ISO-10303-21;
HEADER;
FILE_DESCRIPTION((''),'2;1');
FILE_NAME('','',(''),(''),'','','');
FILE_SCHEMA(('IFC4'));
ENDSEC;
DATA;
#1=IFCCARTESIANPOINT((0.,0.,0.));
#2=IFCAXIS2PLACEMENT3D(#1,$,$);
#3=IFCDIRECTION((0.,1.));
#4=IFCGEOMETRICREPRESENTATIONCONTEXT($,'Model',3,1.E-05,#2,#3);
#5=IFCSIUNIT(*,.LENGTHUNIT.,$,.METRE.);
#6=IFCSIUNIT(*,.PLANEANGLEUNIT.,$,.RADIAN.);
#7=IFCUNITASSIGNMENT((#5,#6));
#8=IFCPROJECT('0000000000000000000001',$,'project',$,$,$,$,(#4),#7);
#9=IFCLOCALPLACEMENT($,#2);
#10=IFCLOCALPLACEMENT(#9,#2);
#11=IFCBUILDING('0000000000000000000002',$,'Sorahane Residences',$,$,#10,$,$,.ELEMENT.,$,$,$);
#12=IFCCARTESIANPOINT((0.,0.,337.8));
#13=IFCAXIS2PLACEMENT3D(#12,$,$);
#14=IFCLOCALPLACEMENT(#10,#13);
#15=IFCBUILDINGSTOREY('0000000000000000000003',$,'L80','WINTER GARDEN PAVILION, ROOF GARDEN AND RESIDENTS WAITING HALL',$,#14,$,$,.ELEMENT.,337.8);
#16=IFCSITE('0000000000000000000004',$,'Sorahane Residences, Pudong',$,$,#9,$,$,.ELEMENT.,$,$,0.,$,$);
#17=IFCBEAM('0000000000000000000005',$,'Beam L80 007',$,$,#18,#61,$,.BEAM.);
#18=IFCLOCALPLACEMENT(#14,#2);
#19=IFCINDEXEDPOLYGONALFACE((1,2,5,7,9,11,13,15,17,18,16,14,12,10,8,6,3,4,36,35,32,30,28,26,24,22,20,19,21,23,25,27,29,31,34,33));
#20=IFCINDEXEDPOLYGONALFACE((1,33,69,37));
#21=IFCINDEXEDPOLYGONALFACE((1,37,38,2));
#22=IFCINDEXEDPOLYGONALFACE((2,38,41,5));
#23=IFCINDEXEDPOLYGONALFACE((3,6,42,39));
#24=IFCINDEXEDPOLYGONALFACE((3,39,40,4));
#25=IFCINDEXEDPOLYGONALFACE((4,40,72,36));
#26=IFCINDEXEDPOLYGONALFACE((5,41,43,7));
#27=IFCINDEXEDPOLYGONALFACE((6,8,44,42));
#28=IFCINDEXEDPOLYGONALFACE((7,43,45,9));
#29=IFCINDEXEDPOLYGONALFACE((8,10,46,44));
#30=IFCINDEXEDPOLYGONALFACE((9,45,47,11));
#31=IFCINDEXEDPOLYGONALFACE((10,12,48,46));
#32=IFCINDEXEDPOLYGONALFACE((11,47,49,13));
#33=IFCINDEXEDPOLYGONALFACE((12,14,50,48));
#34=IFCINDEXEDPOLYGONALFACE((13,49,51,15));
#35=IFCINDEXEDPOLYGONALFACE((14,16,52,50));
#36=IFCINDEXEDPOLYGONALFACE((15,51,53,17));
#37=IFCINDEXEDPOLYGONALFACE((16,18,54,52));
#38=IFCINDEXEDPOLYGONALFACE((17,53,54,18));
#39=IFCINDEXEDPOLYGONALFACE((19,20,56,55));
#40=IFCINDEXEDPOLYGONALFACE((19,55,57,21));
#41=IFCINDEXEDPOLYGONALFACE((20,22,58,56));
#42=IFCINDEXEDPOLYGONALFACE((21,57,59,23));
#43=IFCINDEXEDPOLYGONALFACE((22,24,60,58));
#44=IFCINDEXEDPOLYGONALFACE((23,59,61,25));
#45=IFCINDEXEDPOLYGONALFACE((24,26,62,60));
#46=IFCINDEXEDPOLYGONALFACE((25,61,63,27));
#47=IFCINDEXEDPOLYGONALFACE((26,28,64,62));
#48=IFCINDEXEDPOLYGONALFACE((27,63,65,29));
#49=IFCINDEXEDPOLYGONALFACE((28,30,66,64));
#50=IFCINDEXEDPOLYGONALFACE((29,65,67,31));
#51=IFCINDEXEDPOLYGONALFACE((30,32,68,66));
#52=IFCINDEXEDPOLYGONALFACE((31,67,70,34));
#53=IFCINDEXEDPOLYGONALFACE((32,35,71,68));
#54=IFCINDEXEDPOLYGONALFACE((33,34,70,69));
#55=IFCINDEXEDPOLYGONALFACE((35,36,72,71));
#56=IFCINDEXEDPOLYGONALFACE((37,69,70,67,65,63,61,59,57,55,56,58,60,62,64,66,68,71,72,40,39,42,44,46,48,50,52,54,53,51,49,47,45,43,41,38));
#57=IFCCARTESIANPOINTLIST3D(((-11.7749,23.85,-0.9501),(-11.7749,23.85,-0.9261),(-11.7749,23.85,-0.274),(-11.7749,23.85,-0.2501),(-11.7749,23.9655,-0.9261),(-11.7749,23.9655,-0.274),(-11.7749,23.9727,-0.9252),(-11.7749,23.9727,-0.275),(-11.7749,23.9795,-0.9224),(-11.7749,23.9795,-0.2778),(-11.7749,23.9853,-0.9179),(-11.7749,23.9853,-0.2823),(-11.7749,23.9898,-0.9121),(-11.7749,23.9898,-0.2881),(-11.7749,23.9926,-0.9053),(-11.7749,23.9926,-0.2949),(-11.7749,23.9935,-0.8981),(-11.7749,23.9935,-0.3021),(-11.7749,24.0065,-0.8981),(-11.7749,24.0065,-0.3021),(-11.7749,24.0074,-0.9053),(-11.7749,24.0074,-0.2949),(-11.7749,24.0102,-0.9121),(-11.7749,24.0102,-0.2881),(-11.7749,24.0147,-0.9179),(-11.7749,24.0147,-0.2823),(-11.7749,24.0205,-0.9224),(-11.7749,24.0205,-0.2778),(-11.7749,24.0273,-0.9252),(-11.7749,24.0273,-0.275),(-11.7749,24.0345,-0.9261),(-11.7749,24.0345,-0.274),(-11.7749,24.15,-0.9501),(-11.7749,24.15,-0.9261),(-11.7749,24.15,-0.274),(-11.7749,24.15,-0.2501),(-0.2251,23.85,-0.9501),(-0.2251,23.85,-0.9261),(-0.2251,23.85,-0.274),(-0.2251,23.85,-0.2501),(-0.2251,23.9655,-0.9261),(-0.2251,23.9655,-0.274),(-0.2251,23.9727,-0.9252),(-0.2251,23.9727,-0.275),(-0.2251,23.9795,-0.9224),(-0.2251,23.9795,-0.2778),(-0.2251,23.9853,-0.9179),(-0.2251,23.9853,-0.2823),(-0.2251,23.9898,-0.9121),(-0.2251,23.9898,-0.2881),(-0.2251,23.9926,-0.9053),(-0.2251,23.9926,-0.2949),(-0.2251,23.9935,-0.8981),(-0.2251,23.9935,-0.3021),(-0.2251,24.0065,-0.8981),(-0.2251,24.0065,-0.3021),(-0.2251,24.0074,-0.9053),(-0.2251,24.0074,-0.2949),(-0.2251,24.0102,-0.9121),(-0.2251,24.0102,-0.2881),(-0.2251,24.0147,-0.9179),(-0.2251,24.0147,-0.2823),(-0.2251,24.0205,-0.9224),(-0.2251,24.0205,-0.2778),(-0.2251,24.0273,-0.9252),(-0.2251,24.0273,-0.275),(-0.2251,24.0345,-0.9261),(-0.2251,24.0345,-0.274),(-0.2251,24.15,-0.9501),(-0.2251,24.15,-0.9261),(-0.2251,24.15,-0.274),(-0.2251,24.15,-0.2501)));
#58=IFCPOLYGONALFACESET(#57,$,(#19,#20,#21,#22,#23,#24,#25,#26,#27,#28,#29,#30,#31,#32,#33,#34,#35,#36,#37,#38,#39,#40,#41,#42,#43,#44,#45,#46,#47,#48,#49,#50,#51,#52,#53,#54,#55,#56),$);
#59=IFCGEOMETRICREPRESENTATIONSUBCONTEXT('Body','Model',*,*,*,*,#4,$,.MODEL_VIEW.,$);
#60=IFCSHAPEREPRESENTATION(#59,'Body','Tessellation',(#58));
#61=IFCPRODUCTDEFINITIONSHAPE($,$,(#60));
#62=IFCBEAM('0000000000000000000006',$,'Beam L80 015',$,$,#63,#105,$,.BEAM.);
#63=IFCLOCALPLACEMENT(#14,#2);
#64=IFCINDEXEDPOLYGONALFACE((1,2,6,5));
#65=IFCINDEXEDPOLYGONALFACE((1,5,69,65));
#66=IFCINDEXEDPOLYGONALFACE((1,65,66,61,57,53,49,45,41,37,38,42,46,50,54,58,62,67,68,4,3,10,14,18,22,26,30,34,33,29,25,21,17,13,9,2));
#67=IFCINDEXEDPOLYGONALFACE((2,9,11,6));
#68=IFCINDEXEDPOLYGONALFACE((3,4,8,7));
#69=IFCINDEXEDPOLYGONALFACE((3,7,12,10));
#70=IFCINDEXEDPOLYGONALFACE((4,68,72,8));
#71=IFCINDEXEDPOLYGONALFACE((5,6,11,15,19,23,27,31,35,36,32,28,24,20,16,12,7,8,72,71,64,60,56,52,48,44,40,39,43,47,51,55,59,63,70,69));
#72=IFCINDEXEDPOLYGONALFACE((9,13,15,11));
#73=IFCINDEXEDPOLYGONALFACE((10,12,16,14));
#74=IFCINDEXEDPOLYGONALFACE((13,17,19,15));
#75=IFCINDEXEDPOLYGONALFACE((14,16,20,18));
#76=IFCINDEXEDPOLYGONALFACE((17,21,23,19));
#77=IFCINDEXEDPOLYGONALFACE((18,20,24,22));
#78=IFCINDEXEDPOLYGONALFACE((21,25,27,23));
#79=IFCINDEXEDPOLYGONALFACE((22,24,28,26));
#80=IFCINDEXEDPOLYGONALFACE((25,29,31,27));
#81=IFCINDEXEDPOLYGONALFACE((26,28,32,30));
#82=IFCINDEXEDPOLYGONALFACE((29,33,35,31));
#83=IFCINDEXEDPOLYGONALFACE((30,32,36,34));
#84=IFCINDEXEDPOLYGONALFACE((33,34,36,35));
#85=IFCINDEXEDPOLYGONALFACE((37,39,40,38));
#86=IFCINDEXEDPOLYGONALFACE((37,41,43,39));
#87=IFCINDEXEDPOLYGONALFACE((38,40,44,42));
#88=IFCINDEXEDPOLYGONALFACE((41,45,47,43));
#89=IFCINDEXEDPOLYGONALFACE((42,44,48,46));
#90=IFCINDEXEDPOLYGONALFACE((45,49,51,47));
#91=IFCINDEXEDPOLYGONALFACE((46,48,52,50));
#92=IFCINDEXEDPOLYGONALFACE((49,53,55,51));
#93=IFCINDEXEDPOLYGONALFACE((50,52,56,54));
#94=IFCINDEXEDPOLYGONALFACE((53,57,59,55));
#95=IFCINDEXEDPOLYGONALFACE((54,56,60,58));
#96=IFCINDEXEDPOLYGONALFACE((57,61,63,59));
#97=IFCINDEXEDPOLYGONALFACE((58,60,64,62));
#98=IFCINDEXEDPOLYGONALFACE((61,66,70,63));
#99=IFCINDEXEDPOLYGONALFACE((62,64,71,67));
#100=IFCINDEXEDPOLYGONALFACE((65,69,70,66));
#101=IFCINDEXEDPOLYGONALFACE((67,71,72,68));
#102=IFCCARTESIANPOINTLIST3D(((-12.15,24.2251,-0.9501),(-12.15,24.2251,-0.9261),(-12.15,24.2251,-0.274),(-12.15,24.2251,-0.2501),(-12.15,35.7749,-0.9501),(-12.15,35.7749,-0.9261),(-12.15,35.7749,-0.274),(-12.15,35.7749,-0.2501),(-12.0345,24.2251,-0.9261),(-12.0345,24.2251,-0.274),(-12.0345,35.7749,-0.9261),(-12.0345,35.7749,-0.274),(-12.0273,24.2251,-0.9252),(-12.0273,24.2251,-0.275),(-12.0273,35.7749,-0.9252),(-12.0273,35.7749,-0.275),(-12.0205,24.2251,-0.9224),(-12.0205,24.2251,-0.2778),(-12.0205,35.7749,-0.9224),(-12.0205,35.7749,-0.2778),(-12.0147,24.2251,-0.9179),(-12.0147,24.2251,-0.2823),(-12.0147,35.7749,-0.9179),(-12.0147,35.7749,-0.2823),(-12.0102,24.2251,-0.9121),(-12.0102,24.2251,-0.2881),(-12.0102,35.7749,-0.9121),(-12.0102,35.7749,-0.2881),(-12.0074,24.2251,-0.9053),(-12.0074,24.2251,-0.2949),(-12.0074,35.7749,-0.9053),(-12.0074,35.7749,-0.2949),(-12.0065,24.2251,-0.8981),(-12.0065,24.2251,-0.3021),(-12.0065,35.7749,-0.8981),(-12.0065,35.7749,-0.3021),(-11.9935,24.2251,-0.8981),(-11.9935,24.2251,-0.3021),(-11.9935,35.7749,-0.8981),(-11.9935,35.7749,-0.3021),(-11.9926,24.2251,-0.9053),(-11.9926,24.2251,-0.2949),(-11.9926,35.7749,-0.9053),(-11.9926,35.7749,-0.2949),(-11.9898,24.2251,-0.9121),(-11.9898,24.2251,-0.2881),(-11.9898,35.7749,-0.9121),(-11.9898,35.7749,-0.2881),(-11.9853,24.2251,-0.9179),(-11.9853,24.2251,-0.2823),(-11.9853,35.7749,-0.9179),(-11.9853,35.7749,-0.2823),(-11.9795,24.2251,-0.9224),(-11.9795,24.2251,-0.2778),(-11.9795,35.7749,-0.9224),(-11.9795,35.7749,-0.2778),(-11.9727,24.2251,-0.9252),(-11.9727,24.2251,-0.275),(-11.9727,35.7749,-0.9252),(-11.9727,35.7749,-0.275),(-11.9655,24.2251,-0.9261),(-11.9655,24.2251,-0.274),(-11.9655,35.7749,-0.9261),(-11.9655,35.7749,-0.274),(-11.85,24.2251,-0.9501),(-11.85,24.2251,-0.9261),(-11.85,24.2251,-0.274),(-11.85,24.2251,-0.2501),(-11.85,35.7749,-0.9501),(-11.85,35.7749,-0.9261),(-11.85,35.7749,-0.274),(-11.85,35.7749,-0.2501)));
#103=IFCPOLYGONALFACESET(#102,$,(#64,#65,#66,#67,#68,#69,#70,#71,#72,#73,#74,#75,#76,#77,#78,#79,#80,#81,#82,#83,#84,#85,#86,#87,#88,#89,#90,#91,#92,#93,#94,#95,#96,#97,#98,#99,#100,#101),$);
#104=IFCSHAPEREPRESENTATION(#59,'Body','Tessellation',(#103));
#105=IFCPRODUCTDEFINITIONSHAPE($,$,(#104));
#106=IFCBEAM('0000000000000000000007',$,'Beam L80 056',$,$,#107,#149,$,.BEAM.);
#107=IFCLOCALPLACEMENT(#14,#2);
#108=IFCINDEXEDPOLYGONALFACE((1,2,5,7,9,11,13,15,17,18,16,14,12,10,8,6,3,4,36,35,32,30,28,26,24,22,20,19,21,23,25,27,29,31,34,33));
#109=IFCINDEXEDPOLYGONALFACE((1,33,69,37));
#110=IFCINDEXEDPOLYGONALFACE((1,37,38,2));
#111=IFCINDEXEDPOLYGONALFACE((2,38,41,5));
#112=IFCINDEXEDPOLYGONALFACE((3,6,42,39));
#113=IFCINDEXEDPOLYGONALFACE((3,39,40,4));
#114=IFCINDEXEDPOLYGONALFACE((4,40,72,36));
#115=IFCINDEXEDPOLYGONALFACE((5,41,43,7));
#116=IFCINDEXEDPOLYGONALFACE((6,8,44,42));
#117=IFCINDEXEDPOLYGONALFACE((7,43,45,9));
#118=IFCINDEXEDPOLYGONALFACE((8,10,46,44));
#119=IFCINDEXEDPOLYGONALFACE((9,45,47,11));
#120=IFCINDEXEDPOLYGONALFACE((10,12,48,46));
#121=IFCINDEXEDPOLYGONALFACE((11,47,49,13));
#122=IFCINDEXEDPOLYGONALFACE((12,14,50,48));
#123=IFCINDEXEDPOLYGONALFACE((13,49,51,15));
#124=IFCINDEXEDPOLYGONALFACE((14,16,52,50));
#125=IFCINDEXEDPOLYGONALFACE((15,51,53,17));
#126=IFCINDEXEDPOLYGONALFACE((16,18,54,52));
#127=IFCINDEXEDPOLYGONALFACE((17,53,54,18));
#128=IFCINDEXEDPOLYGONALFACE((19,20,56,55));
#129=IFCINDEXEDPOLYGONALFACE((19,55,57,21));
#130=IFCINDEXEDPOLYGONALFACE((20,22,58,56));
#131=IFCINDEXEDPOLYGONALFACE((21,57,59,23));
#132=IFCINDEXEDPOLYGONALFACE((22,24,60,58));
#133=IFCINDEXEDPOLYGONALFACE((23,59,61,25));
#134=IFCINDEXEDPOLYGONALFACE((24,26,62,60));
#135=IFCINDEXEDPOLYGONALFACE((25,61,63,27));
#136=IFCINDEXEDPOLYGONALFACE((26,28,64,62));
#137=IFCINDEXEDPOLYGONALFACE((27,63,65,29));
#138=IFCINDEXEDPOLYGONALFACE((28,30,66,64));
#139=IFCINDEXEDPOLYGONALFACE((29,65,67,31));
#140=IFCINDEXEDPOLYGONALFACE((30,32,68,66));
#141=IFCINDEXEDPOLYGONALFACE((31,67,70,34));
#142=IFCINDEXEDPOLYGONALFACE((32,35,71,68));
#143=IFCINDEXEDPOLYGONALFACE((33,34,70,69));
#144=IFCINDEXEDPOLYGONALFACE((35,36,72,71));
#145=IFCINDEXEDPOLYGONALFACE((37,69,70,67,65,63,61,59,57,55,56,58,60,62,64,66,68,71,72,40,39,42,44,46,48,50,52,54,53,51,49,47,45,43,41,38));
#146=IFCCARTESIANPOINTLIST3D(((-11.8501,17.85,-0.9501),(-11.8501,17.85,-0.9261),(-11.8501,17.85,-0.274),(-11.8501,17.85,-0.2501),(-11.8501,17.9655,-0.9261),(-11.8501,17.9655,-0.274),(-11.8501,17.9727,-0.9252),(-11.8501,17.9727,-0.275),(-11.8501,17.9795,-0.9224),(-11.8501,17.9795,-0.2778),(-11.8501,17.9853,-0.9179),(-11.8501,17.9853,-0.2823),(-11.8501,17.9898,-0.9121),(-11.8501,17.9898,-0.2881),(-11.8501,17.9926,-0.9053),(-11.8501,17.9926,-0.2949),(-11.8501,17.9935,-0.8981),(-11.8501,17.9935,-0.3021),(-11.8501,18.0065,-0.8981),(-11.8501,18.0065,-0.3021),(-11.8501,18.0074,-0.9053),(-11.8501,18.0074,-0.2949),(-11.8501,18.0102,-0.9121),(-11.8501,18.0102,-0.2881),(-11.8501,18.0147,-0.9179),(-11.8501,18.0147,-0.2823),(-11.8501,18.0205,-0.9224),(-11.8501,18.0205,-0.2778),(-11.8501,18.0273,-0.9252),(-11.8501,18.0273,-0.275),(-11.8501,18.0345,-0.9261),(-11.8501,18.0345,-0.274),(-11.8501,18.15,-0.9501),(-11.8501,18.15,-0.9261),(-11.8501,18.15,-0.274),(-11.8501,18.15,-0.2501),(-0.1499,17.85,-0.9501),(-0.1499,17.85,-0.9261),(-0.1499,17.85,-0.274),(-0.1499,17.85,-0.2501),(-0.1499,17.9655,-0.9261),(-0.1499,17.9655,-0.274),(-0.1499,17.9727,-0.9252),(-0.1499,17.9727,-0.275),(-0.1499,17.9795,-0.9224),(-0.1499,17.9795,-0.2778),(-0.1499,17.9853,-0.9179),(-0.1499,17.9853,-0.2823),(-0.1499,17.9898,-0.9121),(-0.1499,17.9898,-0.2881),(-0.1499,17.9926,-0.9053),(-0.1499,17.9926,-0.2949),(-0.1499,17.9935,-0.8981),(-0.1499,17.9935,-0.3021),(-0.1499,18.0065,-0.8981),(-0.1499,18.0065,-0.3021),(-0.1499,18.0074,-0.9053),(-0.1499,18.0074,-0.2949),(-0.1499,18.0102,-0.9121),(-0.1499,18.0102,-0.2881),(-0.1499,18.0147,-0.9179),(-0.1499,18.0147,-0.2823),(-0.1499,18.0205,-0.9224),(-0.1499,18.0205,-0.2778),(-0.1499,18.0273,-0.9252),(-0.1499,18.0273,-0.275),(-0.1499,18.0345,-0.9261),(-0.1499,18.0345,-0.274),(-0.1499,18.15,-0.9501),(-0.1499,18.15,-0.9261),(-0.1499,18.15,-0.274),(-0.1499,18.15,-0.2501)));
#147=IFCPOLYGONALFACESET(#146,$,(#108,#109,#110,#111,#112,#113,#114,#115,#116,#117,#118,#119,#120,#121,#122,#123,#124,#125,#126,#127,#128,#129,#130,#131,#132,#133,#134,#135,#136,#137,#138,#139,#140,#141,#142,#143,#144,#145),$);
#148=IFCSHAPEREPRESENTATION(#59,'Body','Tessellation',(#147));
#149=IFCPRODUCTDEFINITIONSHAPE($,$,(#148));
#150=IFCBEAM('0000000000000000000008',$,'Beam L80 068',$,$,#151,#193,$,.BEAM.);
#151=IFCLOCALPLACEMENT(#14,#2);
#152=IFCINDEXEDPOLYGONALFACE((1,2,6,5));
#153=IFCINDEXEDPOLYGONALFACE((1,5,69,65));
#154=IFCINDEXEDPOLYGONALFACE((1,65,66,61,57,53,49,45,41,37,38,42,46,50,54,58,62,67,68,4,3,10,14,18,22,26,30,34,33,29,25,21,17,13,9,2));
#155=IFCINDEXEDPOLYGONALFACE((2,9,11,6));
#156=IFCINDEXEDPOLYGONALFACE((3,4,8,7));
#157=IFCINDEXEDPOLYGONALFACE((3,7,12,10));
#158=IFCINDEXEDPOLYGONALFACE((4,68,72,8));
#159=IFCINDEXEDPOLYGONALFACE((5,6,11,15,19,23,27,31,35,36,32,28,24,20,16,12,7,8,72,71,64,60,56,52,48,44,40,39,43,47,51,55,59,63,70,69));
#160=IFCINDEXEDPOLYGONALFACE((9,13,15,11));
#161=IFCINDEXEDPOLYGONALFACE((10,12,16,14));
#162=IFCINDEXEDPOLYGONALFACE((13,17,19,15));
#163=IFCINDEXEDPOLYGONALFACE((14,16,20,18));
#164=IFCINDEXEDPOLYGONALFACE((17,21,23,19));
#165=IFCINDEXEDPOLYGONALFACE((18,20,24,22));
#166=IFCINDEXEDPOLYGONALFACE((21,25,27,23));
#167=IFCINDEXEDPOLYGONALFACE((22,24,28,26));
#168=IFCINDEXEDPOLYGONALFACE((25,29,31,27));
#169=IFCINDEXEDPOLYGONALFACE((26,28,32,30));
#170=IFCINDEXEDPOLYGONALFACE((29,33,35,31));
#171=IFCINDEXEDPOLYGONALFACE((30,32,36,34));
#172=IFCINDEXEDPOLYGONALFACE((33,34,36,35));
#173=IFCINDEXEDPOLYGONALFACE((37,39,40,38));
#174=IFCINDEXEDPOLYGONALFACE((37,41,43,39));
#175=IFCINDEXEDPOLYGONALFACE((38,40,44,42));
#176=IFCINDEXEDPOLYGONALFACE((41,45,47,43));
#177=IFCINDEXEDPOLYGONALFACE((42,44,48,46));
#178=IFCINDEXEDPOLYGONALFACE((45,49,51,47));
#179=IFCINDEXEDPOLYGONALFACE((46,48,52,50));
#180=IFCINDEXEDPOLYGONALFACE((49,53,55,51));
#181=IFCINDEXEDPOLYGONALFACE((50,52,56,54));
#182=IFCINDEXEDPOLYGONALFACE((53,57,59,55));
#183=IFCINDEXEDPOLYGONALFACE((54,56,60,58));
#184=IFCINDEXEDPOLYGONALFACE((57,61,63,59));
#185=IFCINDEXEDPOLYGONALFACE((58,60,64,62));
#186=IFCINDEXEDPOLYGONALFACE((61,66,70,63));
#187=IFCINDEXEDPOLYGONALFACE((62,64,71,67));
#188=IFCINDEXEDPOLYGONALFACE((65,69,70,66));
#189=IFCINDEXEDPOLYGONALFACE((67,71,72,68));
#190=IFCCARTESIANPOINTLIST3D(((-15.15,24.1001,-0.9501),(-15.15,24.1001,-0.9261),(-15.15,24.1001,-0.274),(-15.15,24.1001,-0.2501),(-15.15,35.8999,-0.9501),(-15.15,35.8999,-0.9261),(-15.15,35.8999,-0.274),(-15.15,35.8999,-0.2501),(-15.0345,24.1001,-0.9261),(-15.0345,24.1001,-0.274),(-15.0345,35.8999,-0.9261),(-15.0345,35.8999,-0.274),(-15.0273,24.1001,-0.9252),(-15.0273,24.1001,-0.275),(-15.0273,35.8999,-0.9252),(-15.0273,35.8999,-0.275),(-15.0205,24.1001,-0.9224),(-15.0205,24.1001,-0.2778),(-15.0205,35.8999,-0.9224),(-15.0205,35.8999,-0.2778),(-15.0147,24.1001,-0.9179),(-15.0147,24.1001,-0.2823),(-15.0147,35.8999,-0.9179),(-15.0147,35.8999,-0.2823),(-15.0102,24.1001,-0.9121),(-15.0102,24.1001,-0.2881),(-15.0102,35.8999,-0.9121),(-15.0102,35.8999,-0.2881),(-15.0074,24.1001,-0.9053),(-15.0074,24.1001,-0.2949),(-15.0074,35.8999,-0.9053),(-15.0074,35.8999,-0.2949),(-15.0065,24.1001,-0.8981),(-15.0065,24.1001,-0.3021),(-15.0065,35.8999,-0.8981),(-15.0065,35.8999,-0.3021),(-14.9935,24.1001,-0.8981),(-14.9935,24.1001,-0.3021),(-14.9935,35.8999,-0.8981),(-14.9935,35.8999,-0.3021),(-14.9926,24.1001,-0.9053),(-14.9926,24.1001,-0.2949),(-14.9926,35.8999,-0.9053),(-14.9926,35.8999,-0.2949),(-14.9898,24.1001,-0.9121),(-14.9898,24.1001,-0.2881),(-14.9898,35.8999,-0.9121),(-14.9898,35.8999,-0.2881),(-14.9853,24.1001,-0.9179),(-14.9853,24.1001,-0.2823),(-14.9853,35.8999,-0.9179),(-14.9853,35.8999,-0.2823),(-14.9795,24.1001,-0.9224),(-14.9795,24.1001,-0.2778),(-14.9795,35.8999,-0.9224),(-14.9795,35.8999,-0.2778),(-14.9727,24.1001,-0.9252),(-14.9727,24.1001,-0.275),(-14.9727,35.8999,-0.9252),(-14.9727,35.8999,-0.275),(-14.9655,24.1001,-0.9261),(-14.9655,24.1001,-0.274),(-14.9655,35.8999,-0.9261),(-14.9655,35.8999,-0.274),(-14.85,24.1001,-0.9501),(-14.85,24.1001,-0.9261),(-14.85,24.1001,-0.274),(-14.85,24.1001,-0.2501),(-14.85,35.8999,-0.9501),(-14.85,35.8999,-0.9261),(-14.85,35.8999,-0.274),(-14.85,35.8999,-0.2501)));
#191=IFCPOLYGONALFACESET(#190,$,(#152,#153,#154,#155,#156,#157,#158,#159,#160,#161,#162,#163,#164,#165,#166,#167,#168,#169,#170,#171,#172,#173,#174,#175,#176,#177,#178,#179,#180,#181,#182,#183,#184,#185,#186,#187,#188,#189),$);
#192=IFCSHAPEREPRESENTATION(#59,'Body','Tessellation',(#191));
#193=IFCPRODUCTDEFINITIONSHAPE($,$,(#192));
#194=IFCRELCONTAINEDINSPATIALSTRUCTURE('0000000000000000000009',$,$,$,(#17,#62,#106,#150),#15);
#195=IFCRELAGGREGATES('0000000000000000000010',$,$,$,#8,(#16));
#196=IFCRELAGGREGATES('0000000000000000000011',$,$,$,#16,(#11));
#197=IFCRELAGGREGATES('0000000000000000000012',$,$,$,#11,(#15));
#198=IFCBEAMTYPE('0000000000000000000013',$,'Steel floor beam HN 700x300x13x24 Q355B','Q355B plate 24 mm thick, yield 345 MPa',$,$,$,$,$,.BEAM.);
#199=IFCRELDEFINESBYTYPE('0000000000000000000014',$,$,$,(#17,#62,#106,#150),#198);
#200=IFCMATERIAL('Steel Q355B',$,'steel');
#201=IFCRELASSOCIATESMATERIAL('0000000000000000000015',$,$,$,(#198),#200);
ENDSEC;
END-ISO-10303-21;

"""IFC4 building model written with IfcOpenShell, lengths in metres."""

from ifc_helpers import new_model, si_unit, direction, frame, origin, origin_2d, place, context, subcontext, project, spatial, i_section, extrude, material, material_profile, profile_set, type_object, element, save


model = new_model("IFC4")

# Units and contexts
model_context = context("Model", 3, precision=1e-05, world=origin(), true_north=direction((0.0, 1.0)))
body_context = subcontext(model_context, "Body", "Model", "MODEL_VIEW")
ifc_project = project(units=[si_unit("LENGTHUNIT", "METRE"), si_unit("PLANEANGLEUNIT", "RADIAN")], contexts=[model_context])

# Site, building, storey
site_placement = place(None, origin())
site = spatial("IfcSite", under=ifc_project, at=site_placement, Name="Sorahane Residences, Pudong", CompositionType="ELEMENT", RefElevation=0.0)
building_placement = place(site_placement, origin())
building = spatial("IfcBuilding", under=site, at=building_placement, Name="Sorahane Residences", CompositionType="ELEMENT")
storey_placement = place(building_placement, frame((0.0, 0.0, 337.8)))
storey = spatial("IfcBuildingStorey", under=building, at=storey_placement, Name="L80", Description="WINTER GARDEN PAVILION, ROOF GARDEN AND RESIDENTS WAITING HALL", CompositionType="ELEMENT", Elevation=337.8)

# Beams
ifc_material_1 = material(Name="Steel Q355B", Category="steel")
ifc_material_profile_1 = material_profile(ifc_material_1, i_section(OverallWidth=0.3, OverallDepth=0.7, WebThickness=0.0129, FlangeThickness=0.0239, FilletRadius=0.0281, at=origin_2d()), Name="HN 700x300x13x24")
ifc_profile_set_1 = profile_set([ifc_material_profile_1], Name="Steel Q355B")
beam_type_1 = type_object("IfcBeamType", Name="Steel floor beam HN 700x300x13x24 Q355B", Description="Q355B plate 24 mm thick, yield 345 MPa", PredefinedType="BEAM", material=ifc_profile_set_1)
for number, where, z_axis, x_axis, name in (
    (1, (-11.7749, 24.0, -0.6001), (1.0, 0.0, 0.0), (0.0, 1.0, 0.0), "Beam L80 007"),
    (2, (-12.0, 24.2251, -0.6001), (0.0, 1.0, 0.0), (-1.0, 0.0, 0.0), "Beam L80 015"),
):
    element("IfcBeam", number, at=place(storey_placement, frame(where, z_axis=z_axis, x_axis=x_axis)), inside=storey, type_object=beam_type_1, Name=name, PredefinedType="BEAM", context=body_context, shape_type="SweptSolid", body=[
        extrude(i_section(OverallWidth=0.3, OverallDepth=0.7, WebThickness=0.0129, FlangeThickness=0.0239, FilletRadius=0.0281, at=origin_2d()), origin(), (0.0, 0.0, 1.0), 11.5498),
    ])
beam_1_placement = place(storey_placement, frame((-11.8501, 18.0, -0.6001), z_axis=(1.0, 0.0, 0.0), x_axis=(0.0, 1.0, 0.0)))
element("IfcBeam", 3, at=beam_1_placement, inside=storey, type_object=beam_type_1, Name="Beam L80 056", PredefinedType="BEAM", context=body_context, shape_type="SweptSolid", body=[
    extrude(i_section(OverallWidth=0.3, OverallDepth=0.7, WebThickness=0.0129, FlangeThickness=0.0239, FilletRadius=0.0281, at=origin_2d()), origin(), (0.0, 0.0, 1.0), 11.7002),
])
beam_2_placement = place(storey_placement, frame((-15.0, 24.1001, -0.6001), z_axis=(0.0, 1.0, 0.0), x_axis=(-1.0, 0.0, 0.0)))
element("IfcBeam", 4, at=beam_2_placement, inside=storey, type_object=beam_type_1, Name="Beam L80 068", PredefinedType="BEAM", context=body_context, shape_type="SweptSolid", body=[
    extrude(i_section(OverallWidth=0.3, OverallDepth=0.7, WebThickness=0.0129, FlangeThickness=0.0239, FilletRadius=0.0281, at=origin_2d()), origin(), (0.0, 0.0, 1.0), 11.7998),
])

save(model, "model.ifc")
